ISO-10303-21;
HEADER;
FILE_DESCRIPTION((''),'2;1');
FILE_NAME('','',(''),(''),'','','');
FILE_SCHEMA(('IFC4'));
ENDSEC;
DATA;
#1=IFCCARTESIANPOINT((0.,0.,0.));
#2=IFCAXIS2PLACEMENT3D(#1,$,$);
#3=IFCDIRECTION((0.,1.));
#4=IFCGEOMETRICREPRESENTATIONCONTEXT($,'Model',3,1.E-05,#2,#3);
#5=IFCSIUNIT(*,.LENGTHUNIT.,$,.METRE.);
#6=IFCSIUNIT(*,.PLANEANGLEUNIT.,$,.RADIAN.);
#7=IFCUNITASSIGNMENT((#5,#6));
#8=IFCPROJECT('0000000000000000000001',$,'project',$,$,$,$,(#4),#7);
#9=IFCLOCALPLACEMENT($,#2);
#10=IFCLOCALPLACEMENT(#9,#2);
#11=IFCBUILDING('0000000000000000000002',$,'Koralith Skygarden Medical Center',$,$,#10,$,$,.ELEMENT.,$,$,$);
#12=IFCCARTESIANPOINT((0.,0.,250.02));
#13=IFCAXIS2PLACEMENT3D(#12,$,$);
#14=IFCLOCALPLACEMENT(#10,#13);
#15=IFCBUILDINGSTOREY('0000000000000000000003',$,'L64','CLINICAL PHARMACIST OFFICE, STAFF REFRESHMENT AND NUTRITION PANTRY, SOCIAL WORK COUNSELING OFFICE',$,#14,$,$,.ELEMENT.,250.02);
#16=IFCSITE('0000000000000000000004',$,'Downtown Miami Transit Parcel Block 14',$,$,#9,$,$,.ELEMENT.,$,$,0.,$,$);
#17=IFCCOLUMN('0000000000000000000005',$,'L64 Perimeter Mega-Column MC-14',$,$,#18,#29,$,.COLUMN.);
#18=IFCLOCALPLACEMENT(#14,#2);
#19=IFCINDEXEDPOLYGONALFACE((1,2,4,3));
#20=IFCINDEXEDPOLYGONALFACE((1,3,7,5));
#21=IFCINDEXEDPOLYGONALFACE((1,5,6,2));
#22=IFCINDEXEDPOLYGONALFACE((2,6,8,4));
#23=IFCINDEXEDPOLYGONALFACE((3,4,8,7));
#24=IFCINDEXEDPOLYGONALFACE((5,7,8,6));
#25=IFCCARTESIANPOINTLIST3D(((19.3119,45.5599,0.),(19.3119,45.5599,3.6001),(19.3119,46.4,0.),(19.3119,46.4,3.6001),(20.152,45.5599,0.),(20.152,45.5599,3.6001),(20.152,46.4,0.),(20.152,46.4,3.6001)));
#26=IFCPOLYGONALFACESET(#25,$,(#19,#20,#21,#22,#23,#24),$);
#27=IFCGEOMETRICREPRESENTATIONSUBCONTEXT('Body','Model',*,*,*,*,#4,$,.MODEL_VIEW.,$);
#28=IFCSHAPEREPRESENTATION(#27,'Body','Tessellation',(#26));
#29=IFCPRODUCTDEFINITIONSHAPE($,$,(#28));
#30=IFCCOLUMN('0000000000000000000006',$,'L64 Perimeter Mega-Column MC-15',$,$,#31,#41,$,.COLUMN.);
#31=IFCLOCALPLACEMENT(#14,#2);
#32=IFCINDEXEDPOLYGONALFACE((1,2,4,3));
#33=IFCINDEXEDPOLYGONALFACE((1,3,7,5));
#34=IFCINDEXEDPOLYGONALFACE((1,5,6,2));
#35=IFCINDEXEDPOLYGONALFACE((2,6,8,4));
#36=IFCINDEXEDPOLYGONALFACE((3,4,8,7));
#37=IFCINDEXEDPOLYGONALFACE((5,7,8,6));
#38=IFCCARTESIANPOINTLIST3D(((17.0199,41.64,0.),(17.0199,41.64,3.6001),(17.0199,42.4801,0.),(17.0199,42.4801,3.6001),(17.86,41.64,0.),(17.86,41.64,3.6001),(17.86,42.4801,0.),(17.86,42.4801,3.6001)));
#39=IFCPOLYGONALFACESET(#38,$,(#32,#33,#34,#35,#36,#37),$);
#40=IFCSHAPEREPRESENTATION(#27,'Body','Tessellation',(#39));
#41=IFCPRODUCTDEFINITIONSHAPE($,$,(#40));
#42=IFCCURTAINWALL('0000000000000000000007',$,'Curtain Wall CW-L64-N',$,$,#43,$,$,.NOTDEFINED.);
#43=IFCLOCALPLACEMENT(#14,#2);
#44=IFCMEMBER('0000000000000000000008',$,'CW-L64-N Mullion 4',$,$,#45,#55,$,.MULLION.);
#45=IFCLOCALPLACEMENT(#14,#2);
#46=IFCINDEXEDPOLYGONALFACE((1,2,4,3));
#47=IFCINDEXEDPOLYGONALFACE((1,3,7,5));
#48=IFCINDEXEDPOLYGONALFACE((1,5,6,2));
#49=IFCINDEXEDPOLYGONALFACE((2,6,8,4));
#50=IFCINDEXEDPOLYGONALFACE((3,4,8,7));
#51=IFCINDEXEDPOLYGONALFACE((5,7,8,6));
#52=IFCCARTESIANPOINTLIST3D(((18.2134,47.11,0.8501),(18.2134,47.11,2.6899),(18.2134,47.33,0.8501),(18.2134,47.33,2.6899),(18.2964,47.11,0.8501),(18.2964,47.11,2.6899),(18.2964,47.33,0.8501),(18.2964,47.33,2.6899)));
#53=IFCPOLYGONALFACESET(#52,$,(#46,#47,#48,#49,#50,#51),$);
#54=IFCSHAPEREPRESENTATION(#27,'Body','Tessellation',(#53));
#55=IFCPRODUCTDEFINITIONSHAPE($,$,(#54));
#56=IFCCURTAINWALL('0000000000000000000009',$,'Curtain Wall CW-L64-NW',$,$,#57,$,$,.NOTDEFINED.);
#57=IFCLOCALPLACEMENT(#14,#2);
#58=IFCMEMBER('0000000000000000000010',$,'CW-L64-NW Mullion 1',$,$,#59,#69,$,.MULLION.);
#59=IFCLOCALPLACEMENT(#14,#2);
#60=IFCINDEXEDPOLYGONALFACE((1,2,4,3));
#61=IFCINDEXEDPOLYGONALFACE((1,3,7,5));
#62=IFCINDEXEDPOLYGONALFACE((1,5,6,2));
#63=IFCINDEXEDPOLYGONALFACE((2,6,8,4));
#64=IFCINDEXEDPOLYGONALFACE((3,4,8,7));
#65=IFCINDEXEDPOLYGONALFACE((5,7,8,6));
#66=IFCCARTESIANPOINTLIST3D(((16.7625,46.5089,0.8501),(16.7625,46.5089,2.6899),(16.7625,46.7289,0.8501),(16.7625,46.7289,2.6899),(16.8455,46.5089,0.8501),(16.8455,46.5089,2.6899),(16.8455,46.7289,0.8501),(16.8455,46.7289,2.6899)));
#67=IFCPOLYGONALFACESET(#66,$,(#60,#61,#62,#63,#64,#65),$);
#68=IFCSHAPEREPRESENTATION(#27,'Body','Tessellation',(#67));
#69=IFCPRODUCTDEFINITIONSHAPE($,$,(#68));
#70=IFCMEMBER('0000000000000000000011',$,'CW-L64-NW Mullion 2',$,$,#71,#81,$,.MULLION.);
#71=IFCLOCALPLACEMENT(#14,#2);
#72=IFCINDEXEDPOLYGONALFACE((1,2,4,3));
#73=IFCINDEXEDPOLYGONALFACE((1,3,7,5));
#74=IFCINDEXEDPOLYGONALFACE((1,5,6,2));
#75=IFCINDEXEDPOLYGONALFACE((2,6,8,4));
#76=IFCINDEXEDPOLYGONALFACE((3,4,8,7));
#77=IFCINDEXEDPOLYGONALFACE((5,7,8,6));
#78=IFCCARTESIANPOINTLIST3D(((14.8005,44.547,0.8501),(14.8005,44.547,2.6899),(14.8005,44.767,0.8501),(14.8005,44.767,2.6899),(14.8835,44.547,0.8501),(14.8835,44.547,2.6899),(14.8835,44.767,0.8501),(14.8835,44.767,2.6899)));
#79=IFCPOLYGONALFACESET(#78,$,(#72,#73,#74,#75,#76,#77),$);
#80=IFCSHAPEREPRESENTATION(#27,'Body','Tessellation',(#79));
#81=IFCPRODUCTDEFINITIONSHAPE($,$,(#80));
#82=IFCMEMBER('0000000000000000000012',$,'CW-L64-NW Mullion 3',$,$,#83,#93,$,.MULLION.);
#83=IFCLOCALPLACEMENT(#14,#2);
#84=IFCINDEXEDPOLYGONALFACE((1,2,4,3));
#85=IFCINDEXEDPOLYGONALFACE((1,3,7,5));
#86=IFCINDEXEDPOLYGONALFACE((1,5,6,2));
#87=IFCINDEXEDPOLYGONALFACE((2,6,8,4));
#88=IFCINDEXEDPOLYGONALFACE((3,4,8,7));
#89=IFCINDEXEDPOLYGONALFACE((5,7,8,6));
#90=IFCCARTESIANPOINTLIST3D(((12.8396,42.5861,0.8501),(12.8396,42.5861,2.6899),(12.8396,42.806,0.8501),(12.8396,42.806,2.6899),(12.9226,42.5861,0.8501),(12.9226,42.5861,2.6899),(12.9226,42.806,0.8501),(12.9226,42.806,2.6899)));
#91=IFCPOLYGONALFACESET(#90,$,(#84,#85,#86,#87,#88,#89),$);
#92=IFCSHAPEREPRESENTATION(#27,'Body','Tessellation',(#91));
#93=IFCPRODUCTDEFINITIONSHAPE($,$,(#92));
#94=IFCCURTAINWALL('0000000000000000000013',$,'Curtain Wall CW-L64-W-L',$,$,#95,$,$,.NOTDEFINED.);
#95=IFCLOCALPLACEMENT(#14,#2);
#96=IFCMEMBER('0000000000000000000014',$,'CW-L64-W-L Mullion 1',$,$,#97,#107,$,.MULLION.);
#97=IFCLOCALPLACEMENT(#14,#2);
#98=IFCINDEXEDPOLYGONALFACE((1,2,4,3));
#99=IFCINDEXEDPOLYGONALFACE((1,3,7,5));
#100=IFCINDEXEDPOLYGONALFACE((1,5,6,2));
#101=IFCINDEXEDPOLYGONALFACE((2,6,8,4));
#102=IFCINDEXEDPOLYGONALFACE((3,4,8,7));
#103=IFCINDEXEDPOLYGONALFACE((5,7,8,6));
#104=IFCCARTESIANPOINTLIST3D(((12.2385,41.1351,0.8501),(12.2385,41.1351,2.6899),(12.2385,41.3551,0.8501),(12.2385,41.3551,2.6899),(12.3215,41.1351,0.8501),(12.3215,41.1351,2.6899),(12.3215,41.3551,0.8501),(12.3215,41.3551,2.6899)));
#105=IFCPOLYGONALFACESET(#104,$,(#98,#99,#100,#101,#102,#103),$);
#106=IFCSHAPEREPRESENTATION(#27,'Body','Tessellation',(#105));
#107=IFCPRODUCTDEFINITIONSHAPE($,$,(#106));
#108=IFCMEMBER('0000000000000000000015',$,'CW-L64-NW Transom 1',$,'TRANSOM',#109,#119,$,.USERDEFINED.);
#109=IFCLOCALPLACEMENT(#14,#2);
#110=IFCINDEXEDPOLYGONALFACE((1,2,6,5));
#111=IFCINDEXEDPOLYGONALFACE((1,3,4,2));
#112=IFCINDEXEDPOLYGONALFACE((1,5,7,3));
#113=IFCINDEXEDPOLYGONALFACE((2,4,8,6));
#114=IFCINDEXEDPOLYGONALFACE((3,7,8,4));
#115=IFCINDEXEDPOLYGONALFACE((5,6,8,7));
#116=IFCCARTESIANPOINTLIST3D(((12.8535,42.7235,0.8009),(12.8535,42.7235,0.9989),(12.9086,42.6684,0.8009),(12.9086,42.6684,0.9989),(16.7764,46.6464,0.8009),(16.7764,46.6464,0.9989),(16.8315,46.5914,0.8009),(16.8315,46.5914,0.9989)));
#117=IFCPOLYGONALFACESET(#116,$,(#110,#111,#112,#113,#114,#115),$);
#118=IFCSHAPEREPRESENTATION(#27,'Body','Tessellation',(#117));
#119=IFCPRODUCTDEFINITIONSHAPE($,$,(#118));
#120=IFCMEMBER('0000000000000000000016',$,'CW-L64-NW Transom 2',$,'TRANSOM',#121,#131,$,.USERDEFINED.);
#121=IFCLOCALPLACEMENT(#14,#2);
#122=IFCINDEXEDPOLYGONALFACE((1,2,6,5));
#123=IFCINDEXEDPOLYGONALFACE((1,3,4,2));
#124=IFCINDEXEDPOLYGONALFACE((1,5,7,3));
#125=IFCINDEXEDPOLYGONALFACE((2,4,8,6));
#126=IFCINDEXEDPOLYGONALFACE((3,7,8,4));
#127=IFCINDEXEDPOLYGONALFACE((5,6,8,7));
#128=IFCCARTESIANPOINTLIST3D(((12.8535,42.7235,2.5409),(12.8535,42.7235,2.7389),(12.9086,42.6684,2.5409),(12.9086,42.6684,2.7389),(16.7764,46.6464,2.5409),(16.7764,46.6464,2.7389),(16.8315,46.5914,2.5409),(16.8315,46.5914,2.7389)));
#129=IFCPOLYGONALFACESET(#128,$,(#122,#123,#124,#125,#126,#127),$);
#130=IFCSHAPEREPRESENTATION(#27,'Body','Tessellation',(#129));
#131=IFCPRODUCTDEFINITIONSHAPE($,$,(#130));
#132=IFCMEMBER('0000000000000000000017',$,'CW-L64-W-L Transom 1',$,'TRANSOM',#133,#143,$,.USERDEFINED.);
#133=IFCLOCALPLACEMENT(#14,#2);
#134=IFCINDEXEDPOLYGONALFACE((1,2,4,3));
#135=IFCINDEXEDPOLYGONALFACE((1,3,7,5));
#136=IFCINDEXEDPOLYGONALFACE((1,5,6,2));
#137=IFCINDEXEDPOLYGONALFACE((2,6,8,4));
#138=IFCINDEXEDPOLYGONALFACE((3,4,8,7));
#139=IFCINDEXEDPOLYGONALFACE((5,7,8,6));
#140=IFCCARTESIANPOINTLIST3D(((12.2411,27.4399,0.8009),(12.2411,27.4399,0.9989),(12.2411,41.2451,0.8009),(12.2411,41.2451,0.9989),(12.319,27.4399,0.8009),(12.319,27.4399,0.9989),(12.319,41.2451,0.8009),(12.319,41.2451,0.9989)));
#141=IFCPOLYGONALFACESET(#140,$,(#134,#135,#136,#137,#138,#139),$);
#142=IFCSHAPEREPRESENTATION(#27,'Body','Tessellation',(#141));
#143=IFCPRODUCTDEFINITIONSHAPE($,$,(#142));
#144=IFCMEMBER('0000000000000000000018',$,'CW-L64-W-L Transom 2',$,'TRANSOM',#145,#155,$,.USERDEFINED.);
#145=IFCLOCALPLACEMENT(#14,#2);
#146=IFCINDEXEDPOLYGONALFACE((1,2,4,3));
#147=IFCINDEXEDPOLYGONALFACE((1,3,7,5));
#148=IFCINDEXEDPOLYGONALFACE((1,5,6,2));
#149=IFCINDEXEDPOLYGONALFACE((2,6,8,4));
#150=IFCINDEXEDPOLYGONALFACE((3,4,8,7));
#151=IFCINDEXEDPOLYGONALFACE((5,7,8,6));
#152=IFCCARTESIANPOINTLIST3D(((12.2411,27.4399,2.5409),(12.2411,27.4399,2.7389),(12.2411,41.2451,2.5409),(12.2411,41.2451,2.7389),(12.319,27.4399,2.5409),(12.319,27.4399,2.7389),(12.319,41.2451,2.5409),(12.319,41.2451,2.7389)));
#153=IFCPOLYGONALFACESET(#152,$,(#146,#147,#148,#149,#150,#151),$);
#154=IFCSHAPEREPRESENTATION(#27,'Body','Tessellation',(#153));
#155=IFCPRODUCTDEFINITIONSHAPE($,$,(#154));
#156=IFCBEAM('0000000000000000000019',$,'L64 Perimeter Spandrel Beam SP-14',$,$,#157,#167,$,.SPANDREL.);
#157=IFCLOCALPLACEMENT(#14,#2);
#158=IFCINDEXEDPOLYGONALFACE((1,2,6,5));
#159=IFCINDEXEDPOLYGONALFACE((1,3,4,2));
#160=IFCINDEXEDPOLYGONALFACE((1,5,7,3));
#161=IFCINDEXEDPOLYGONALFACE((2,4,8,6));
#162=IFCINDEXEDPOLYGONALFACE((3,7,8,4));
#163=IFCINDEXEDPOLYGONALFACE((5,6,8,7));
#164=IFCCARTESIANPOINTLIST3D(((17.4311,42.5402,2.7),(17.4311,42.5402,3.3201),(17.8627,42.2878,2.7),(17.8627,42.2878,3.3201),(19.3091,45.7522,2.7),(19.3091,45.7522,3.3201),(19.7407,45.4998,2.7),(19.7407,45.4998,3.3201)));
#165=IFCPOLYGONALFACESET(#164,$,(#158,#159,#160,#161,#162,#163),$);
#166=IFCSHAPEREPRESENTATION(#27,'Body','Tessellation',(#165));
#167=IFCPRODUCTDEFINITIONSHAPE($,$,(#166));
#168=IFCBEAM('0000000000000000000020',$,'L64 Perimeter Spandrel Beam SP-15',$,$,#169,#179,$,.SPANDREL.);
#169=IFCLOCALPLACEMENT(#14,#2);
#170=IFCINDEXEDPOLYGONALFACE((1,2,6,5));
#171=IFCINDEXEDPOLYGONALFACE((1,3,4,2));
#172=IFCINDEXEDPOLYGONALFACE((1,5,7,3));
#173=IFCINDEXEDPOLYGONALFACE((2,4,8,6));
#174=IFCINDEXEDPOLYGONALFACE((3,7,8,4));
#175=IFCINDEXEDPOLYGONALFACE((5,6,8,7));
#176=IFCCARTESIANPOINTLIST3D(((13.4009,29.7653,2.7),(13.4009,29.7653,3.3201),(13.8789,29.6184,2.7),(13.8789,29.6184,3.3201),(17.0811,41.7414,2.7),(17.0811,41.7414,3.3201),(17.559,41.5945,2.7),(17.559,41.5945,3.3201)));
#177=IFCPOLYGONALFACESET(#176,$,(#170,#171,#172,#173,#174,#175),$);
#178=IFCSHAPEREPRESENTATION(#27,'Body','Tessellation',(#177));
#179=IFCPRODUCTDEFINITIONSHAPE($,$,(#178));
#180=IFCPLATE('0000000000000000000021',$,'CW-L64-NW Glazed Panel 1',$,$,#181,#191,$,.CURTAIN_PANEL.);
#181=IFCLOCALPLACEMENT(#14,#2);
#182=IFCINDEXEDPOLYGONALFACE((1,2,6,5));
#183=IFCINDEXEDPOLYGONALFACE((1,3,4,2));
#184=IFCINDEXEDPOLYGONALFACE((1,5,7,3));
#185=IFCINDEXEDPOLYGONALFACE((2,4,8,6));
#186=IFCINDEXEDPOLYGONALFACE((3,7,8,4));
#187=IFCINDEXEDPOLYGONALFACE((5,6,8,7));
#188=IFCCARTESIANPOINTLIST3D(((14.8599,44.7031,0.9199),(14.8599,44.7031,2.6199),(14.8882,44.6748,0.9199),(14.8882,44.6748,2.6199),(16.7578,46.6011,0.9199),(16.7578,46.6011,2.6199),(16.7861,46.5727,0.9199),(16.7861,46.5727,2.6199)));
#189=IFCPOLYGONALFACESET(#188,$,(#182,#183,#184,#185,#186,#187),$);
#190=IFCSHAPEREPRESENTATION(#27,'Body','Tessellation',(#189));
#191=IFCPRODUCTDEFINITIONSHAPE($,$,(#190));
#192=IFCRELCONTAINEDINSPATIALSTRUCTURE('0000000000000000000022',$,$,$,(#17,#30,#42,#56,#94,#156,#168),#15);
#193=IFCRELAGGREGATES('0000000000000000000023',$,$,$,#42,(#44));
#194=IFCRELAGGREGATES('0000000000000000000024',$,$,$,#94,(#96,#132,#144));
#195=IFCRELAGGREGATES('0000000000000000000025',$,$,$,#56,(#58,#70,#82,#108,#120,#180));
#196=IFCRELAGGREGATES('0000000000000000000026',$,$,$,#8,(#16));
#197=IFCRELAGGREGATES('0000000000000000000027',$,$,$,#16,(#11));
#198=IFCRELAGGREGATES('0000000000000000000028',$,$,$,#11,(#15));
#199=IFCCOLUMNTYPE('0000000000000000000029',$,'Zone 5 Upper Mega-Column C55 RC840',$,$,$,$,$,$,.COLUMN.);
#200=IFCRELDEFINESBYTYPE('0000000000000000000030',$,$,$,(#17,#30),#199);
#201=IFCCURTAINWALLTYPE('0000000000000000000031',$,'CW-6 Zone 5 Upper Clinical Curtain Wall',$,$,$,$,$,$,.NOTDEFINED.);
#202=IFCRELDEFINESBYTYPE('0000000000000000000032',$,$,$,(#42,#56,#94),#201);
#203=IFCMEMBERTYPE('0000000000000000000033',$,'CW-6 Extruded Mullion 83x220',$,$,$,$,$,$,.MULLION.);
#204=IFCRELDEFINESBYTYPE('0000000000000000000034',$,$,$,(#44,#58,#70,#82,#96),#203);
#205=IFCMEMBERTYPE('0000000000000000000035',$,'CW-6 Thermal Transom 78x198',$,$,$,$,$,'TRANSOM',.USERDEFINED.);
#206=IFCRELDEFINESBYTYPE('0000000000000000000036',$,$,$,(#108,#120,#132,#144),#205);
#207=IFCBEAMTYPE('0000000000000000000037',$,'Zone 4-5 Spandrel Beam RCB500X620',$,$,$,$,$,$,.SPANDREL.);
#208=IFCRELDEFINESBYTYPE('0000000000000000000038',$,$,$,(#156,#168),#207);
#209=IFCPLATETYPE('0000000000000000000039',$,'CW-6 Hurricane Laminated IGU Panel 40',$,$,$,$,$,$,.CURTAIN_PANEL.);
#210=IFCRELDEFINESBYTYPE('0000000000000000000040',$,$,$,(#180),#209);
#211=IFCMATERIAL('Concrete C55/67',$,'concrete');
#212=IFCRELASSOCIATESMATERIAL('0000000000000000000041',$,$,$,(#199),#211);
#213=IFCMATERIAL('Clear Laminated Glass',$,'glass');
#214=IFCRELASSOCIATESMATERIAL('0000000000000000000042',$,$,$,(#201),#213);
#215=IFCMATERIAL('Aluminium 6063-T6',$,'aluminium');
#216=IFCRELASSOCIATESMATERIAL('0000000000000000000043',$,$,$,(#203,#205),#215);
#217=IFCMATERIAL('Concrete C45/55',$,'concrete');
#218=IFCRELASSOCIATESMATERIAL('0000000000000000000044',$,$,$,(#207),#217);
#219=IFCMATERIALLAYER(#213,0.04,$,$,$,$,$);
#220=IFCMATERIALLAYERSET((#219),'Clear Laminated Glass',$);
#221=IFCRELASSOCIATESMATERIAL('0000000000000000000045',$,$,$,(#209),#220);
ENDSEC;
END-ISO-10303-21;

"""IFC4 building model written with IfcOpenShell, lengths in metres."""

from ifc_helpers import new_model, si_unit, direction, frame, origin, origin_2d, place, context, subcontext, project, spatial, rectangle, extrude, material, layer, layer_set, material_profile, profile_set, type_object, element, aggregate, save


model = new_model("IFC4")

# Units and contexts
model_context = context("Model", 3, precision=1e-05, world=origin(), true_north=direction((0.0, 1.0)))
body_context = subcontext(model_context, "Body", "Model", "MODEL_VIEW")
ifc_project = project(units=[si_unit("LENGTHUNIT", "METRE"), si_unit("PLANEANGLEUNIT", "RADIAN")], contexts=[model_context])

# Site, building, storey
site_placement = place(None, origin())
site = spatial("IfcSite", under=ifc_project, at=site_placement, Name="Downtown Miami Transit Parcel Block 14", CompositionType="ELEMENT", RefElevation=0.0)
building_placement = place(site_placement, origin())
building = spatial("IfcBuilding", under=site, at=building_placement, Name="Koralith Skygarden Medical Center", CompositionType="ELEMENT")
storey_placement = place(building_placement, frame((0.0, 0.0, 250.02)))
storey = spatial("IfcBuildingStorey", under=building, at=storey_placement, Name="L64", Description="CLINICAL PHARMACIST OFFICE, STAFF REFRESHMENT AND NUTRITION PANTRY, SOCIAL WORK COUNSELING OFFICE", CompositionType="ELEMENT", Elevation=250.02)

# Columns
ifc_material_1 = material(Name="Concrete C55/67", Category="concrete")
ifc_material_profile_1 = material_profile(ifc_material_1, rectangle(XDim=0.8401, YDim=0.8401, at=origin_2d()), Name="RC840X840")
ifc_profile_set_1 = profile_set([ifc_material_profile_1], Name="Concrete C55/67")
column_type = type_object("IfcColumnType", Name="Zone 5 Upper Mega-Column C55 RC840", PredefinedType="COLUMN", material=ifc_profile_set_1)
for number, where, z_axis, x_axis, name in (
    (1, (19.7319, 45.98, 0.0), (0.0, 0.0, 1.0), (1.0, 0.0, 0.0), "L64 Perimeter Mega-Column MC-14"),
    (2, (17.4399, 42.0601, 0.0), (0.0, 0.0, 1.0), (1.0, 0.0, 0.0), "L64 Perimeter Mega-Column MC-15"),
):
    element("IfcColumn", number, at=place(storey_placement, frame(where, z_axis=z_axis, x_axis=x_axis)), inside=storey, type_object=column_type, Name=name, PredefinedType="COLUMN", context=body_context, shape_type="SweptSolid", body=[
        extrude(rectangle(XDim=0.8401, YDim=0.8401, at=origin_2d()), origin(), (0.0, 0.0, 1.0), 3.6001),
    ])

# Curtain wall, member
ifc_material_2 = material(Name="Clear Laminated Glass", Category="glass")
curtain_wall_type = type_object("IfcCurtainWallType", Name="CW-6 Zone 5 Upper Clinical Curtain Wall", PredefinedType="NOTDEFINED", material=ifc_material_2)
curtain_wall_1_placement = place(storey_placement, origin())
curtain_wall_1 = element("IfcCurtainWall", 3, at=curtain_wall_1_placement, inside=storey, type_object=curtain_wall_type, Name="Curtain Wall CW-L64-N", PredefinedType="NOTDEFINED")
ifc_material_3 = material(Name="Aluminium 6063-T6", Category="aluminium")
ifc_material_profile_2 = material_profile(ifc_material_3, rectangle(XDim=0.083, YDim=0.22, at=origin_2d()), Name="MUL83X220")
ifc_profile_set_2 = profile_set([ifc_material_profile_2], Name="Aluminium 6063-T6")
member_type_1 = type_object("IfcMemberType", Name="CW-6 Extruded Mullion 83x220", PredefinedType="MULLION", material=ifc_profile_set_2)
member_1_placement = place(storey_placement, frame((18.2549, 47.22, 0.8501), z_axis=(0.0, 0.0, 1.0), x_axis=(1.0, 0.0, 0.0)))
member_1 = element("IfcMember", 4, at=member_1_placement, type_object=member_type_1, Name="CW-L64-N Mullion 4", PredefinedType="MULLION", context=body_context, shape_type="SweptSolid", body=[
    extrude(rectangle(XDim=0.083, YDim=0.22, at=origin_2d()), origin(), (0.0, 0.0, 1.0), 1.8398),
])
aggregate(curtain_wall_1, [member_1])

# Curtain wall, members
curtain_wall_2_placement = place(storey_placement, origin())
curtain_wall_2 = element("IfcCurtainWall", 5, at=curtain_wall_2_placement, inside=storey, type_object=curtain_wall_type, Name="Curtain Wall CW-L64-NW", PredefinedType="NOTDEFINED")
member_2_placement = place(storey_placement, frame((16.804, 46.6189, 0.8501), z_axis=(0.0, 0.0, 1.0), x_axis=(1.0, 0.0, 0.0)))
member_2 = element("IfcMember", 6, at=member_2_placement, type_object=member_type_1, Name="CW-L64-NW Mullion 1", PredefinedType="MULLION", context=body_context, shape_type="SweptSolid", body=[
    extrude(rectangle(XDim=0.083, YDim=0.22, at=origin_2d()), origin(), (0.0, 0.0, 1.0), 1.8398),
])
member_3_placement = place(storey_placement, frame((14.842, 44.657, 0.8501), z_axis=(0.0, 0.0, 1.0), x_axis=(1.0, 0.0, 0.0)))
member_3 = element("IfcMember", 7, at=member_3_placement, type_object=member_type_1, Name="CW-L64-NW Mullion 2", PredefinedType="MULLION", context=body_context, shape_type="SweptSolid", body=[
    extrude(rectangle(XDim=0.083, YDim=0.22, at=origin_2d()), origin(), (0.0, 0.0, 1.0), 1.8398),
])
member_4_placement = place(storey_placement, frame((12.8811, 42.696, 0.8501), z_axis=(0.0, 0.0, 1.0), x_axis=(1.0, 0.0, 0.0)))
member_4 = element("IfcMember", 8, at=member_4_placement, type_object=member_type_1, Name="CW-L64-NW Mullion 3", PredefinedType="MULLION", context=body_context, shape_type="SweptSolid", body=[
    extrude(rectangle(XDim=0.083, YDim=0.22, at=origin_2d()), origin(), (0.0, 0.0, 1.0), 1.8398),
])

# Curtain wall, member
curtain_wall_3_placement = place(storey_placement, origin())
curtain_wall_3 = element("IfcCurtainWall", 9, at=curtain_wall_3_placement, inside=storey, type_object=curtain_wall_type, Name="Curtain Wall CW-L64-W-L", PredefinedType="NOTDEFINED")
member_5_placement = place(storey_placement, frame((12.28, 41.2451, 0.8501), z_axis=(0.0, 0.0, 1.0), x_axis=(1.0, 0.0, 0.0)))
member_5 = element("IfcMember", 10, at=member_5_placement, type_object=member_type_1, Name="CW-L64-W-L Mullion 1", PredefinedType="MULLION", context=body_context, shape_type="SweptSolid", body=[
    extrude(rectangle(XDim=0.083, YDim=0.22, at=origin_2d()), origin(), (0.0, 0.0, 1.0), 1.8398),
])

# Members
ifc_material_profile_3 = material_profile(ifc_material_3, rectangle(XDim=0.0779, YDim=0.198, at=origin_2d()), Name="TRN78X198")
ifc_profile_set_3 = profile_set([ifc_material_profile_3], Name="Aluminium 6063-T6")
member_type_2 = type_object("IfcMemberType", Name="CW-6 Thermal Transom 78x198", ElementType="TRANSOM", PredefinedType="USERDEFINED", material=ifc_profile_set_3)
member_6_placement = place(storey_placement, frame((16.804, 46.6189, 0.8999), z_axis=(-0.707107, -0.707107, 0.0), x_axis=(0.707107, -0.707107, 0.0)))
member_6 = element("IfcMember", 11, at=member_6_placement, type_object=member_type_2, Name="CW-L64-NW Transom 1", ObjectType="TRANSOM", PredefinedType="USERDEFINED", context=body_context, shape_type="SweptSolid", body=[
    extrude(rectangle(XDim=0.0779, YDim=0.198, at=origin_2d()), origin(), (0.0, 0.0, 1.0), 5.5479),
])
member_7_placement = place(storey_placement, frame((16.804, 46.6189, 2.6399), z_axis=(-0.707107, -0.707107, 0.0), x_axis=(0.707107, -0.707107, 0.0)))
member_7 = element("IfcMember", 12, at=member_7_placement, type_object=member_type_2, Name="CW-L64-NW Transom 2", ObjectType="TRANSOM", PredefinedType="USERDEFINED", context=body_context, shape_type="SweptSolid", body=[
    extrude(rectangle(XDim=0.0779, YDim=0.198, at=origin_2d()), origin(), (0.0, 0.0, 1.0), 5.5479),
])
member_8_placement = place(storey_placement, frame((12.28, 41.2451, 0.8999), z_axis=(0.0, -1.0, 0.0), x_axis=(1.0, 0.0, 0.0)))
member_8 = element("IfcMember", 13, at=member_8_placement, type_object=member_type_2, Name="CW-L64-W-L Transom 1", ObjectType="TRANSOM", PredefinedType="USERDEFINED", context=body_context, shape_type="SweptSolid", body=[
    extrude(rectangle(XDim=0.0779, YDim=0.198, at=origin_2d()), origin(), (0.0, 0.0, 1.0), 13.8052),
])
member_9_placement = place(storey_placement, frame((12.28, 41.2451, 2.6399), z_axis=(0.0, -1.0, 0.0), x_axis=(1.0, 0.0, 0.0)))
member_9 = element("IfcMember", 14, at=member_9_placement, type_object=member_type_2, Name="CW-L64-W-L Transom 2", ObjectType="TRANSOM", PredefinedType="USERDEFINED", context=body_context, shape_type="SweptSolid", body=[
    extrude(rectangle(XDim=0.0779, YDim=0.198, at=origin_2d()), origin(), (0.0, 0.0, 1.0), 13.8052),
])
aggregate(curtain_wall_3, [member_5, member_8, member_9])

# Beams
ifc_material_4 = material(Name="Concrete C45/55", Category="concrete")
ifc_material_profile_4 = material_profile(ifc_material_4, rectangle(XDim=0.5, YDim=0.6201, at=origin_2d()), Name="RCB500X620")
ifc_profile_set_4 = profile_set([ifc_material_profile_4], Name="Concrete C45/55")
beam_type = type_object("IfcBeamType", Name="Zone 4-5 Spandrel Beam RCB500X620", PredefinedType="SPANDREL", material=ifc_profile_set_4)
beam_1_placement = place(storey_placement, frame((19.5249, 45.626, 3.01), z_axis=(-0.504736, -0.863274, 0.0), x_axis=(0.863274, -0.504736, 0.0)))
element("IfcBeam", 15, at=beam_1_placement, inside=storey, type_object=beam_type, Name="L64 Perimeter Spandrel Beam SP-14", PredefinedType="SPANDREL", context=body_context, shape_type="SweptSolid", body=[
    extrude(rectangle(XDim=0.5, YDim=0.6201, at=origin_2d()), origin(), (0.0, 0.0, 1.0), 3.7207),
])
beam_2_placement = place(storey_placement, frame((17.3201, 41.668, 3.01), z_axis=(-0.293738, -0.955886, 0.0), x_axis=(0.955886, -0.293738, 0.0)))
element("IfcBeam", 16, at=beam_2_placement, inside=storey, type_object=beam_type, Name="L64 Perimeter Spandrel Beam SP-15", PredefinedType="SPANDREL", context=body_context, shape_type="SweptSolid", body=[
    extrude(rectangle(XDim=0.5, YDim=0.6201, at=origin_2d()), origin(), (0.0, 0.0, 1.0), 12.5288),
])

# Plate
ifc_layer_1 = layer(ifc_material_2, 0.04)
ifc_layer_set_1 = layer_set([ifc_layer_1], Name="Clear Laminated Glass")
plate_type_1 = type_object("IfcPlateType", Name="CW-6 Hurricane Laminated IGU Panel 40", PredefinedType="CURTAIN_PANEL", material=ifc_layer_set_1)
plate_1_placement = place(storey_placement, frame((15.823, 45.6379, 0.9199), z_axis=(0.0, 0.0, 1.0), x_axis=(-0.707107, -0.707107, 0.0)))
plate_1 = element("IfcPlate", 17, at=plate_1_placement, type_object=plate_type_1, Name="CW-L64-NW Glazed Panel 1", PredefinedType="CURTAIN_PANEL", context=body_context, shape_type="SweptSolid", body=[
    extrude(rectangle(XDim=2.6841, YDim=0.04, at=origin_2d()), origin(), (0.0, 0.0, 1.0), 1.7),
])
aggregate(curtain_wall_2, [member_2, member_3, member_4, member_6, member_7, plate_1])

save(model, "model.ifc")
